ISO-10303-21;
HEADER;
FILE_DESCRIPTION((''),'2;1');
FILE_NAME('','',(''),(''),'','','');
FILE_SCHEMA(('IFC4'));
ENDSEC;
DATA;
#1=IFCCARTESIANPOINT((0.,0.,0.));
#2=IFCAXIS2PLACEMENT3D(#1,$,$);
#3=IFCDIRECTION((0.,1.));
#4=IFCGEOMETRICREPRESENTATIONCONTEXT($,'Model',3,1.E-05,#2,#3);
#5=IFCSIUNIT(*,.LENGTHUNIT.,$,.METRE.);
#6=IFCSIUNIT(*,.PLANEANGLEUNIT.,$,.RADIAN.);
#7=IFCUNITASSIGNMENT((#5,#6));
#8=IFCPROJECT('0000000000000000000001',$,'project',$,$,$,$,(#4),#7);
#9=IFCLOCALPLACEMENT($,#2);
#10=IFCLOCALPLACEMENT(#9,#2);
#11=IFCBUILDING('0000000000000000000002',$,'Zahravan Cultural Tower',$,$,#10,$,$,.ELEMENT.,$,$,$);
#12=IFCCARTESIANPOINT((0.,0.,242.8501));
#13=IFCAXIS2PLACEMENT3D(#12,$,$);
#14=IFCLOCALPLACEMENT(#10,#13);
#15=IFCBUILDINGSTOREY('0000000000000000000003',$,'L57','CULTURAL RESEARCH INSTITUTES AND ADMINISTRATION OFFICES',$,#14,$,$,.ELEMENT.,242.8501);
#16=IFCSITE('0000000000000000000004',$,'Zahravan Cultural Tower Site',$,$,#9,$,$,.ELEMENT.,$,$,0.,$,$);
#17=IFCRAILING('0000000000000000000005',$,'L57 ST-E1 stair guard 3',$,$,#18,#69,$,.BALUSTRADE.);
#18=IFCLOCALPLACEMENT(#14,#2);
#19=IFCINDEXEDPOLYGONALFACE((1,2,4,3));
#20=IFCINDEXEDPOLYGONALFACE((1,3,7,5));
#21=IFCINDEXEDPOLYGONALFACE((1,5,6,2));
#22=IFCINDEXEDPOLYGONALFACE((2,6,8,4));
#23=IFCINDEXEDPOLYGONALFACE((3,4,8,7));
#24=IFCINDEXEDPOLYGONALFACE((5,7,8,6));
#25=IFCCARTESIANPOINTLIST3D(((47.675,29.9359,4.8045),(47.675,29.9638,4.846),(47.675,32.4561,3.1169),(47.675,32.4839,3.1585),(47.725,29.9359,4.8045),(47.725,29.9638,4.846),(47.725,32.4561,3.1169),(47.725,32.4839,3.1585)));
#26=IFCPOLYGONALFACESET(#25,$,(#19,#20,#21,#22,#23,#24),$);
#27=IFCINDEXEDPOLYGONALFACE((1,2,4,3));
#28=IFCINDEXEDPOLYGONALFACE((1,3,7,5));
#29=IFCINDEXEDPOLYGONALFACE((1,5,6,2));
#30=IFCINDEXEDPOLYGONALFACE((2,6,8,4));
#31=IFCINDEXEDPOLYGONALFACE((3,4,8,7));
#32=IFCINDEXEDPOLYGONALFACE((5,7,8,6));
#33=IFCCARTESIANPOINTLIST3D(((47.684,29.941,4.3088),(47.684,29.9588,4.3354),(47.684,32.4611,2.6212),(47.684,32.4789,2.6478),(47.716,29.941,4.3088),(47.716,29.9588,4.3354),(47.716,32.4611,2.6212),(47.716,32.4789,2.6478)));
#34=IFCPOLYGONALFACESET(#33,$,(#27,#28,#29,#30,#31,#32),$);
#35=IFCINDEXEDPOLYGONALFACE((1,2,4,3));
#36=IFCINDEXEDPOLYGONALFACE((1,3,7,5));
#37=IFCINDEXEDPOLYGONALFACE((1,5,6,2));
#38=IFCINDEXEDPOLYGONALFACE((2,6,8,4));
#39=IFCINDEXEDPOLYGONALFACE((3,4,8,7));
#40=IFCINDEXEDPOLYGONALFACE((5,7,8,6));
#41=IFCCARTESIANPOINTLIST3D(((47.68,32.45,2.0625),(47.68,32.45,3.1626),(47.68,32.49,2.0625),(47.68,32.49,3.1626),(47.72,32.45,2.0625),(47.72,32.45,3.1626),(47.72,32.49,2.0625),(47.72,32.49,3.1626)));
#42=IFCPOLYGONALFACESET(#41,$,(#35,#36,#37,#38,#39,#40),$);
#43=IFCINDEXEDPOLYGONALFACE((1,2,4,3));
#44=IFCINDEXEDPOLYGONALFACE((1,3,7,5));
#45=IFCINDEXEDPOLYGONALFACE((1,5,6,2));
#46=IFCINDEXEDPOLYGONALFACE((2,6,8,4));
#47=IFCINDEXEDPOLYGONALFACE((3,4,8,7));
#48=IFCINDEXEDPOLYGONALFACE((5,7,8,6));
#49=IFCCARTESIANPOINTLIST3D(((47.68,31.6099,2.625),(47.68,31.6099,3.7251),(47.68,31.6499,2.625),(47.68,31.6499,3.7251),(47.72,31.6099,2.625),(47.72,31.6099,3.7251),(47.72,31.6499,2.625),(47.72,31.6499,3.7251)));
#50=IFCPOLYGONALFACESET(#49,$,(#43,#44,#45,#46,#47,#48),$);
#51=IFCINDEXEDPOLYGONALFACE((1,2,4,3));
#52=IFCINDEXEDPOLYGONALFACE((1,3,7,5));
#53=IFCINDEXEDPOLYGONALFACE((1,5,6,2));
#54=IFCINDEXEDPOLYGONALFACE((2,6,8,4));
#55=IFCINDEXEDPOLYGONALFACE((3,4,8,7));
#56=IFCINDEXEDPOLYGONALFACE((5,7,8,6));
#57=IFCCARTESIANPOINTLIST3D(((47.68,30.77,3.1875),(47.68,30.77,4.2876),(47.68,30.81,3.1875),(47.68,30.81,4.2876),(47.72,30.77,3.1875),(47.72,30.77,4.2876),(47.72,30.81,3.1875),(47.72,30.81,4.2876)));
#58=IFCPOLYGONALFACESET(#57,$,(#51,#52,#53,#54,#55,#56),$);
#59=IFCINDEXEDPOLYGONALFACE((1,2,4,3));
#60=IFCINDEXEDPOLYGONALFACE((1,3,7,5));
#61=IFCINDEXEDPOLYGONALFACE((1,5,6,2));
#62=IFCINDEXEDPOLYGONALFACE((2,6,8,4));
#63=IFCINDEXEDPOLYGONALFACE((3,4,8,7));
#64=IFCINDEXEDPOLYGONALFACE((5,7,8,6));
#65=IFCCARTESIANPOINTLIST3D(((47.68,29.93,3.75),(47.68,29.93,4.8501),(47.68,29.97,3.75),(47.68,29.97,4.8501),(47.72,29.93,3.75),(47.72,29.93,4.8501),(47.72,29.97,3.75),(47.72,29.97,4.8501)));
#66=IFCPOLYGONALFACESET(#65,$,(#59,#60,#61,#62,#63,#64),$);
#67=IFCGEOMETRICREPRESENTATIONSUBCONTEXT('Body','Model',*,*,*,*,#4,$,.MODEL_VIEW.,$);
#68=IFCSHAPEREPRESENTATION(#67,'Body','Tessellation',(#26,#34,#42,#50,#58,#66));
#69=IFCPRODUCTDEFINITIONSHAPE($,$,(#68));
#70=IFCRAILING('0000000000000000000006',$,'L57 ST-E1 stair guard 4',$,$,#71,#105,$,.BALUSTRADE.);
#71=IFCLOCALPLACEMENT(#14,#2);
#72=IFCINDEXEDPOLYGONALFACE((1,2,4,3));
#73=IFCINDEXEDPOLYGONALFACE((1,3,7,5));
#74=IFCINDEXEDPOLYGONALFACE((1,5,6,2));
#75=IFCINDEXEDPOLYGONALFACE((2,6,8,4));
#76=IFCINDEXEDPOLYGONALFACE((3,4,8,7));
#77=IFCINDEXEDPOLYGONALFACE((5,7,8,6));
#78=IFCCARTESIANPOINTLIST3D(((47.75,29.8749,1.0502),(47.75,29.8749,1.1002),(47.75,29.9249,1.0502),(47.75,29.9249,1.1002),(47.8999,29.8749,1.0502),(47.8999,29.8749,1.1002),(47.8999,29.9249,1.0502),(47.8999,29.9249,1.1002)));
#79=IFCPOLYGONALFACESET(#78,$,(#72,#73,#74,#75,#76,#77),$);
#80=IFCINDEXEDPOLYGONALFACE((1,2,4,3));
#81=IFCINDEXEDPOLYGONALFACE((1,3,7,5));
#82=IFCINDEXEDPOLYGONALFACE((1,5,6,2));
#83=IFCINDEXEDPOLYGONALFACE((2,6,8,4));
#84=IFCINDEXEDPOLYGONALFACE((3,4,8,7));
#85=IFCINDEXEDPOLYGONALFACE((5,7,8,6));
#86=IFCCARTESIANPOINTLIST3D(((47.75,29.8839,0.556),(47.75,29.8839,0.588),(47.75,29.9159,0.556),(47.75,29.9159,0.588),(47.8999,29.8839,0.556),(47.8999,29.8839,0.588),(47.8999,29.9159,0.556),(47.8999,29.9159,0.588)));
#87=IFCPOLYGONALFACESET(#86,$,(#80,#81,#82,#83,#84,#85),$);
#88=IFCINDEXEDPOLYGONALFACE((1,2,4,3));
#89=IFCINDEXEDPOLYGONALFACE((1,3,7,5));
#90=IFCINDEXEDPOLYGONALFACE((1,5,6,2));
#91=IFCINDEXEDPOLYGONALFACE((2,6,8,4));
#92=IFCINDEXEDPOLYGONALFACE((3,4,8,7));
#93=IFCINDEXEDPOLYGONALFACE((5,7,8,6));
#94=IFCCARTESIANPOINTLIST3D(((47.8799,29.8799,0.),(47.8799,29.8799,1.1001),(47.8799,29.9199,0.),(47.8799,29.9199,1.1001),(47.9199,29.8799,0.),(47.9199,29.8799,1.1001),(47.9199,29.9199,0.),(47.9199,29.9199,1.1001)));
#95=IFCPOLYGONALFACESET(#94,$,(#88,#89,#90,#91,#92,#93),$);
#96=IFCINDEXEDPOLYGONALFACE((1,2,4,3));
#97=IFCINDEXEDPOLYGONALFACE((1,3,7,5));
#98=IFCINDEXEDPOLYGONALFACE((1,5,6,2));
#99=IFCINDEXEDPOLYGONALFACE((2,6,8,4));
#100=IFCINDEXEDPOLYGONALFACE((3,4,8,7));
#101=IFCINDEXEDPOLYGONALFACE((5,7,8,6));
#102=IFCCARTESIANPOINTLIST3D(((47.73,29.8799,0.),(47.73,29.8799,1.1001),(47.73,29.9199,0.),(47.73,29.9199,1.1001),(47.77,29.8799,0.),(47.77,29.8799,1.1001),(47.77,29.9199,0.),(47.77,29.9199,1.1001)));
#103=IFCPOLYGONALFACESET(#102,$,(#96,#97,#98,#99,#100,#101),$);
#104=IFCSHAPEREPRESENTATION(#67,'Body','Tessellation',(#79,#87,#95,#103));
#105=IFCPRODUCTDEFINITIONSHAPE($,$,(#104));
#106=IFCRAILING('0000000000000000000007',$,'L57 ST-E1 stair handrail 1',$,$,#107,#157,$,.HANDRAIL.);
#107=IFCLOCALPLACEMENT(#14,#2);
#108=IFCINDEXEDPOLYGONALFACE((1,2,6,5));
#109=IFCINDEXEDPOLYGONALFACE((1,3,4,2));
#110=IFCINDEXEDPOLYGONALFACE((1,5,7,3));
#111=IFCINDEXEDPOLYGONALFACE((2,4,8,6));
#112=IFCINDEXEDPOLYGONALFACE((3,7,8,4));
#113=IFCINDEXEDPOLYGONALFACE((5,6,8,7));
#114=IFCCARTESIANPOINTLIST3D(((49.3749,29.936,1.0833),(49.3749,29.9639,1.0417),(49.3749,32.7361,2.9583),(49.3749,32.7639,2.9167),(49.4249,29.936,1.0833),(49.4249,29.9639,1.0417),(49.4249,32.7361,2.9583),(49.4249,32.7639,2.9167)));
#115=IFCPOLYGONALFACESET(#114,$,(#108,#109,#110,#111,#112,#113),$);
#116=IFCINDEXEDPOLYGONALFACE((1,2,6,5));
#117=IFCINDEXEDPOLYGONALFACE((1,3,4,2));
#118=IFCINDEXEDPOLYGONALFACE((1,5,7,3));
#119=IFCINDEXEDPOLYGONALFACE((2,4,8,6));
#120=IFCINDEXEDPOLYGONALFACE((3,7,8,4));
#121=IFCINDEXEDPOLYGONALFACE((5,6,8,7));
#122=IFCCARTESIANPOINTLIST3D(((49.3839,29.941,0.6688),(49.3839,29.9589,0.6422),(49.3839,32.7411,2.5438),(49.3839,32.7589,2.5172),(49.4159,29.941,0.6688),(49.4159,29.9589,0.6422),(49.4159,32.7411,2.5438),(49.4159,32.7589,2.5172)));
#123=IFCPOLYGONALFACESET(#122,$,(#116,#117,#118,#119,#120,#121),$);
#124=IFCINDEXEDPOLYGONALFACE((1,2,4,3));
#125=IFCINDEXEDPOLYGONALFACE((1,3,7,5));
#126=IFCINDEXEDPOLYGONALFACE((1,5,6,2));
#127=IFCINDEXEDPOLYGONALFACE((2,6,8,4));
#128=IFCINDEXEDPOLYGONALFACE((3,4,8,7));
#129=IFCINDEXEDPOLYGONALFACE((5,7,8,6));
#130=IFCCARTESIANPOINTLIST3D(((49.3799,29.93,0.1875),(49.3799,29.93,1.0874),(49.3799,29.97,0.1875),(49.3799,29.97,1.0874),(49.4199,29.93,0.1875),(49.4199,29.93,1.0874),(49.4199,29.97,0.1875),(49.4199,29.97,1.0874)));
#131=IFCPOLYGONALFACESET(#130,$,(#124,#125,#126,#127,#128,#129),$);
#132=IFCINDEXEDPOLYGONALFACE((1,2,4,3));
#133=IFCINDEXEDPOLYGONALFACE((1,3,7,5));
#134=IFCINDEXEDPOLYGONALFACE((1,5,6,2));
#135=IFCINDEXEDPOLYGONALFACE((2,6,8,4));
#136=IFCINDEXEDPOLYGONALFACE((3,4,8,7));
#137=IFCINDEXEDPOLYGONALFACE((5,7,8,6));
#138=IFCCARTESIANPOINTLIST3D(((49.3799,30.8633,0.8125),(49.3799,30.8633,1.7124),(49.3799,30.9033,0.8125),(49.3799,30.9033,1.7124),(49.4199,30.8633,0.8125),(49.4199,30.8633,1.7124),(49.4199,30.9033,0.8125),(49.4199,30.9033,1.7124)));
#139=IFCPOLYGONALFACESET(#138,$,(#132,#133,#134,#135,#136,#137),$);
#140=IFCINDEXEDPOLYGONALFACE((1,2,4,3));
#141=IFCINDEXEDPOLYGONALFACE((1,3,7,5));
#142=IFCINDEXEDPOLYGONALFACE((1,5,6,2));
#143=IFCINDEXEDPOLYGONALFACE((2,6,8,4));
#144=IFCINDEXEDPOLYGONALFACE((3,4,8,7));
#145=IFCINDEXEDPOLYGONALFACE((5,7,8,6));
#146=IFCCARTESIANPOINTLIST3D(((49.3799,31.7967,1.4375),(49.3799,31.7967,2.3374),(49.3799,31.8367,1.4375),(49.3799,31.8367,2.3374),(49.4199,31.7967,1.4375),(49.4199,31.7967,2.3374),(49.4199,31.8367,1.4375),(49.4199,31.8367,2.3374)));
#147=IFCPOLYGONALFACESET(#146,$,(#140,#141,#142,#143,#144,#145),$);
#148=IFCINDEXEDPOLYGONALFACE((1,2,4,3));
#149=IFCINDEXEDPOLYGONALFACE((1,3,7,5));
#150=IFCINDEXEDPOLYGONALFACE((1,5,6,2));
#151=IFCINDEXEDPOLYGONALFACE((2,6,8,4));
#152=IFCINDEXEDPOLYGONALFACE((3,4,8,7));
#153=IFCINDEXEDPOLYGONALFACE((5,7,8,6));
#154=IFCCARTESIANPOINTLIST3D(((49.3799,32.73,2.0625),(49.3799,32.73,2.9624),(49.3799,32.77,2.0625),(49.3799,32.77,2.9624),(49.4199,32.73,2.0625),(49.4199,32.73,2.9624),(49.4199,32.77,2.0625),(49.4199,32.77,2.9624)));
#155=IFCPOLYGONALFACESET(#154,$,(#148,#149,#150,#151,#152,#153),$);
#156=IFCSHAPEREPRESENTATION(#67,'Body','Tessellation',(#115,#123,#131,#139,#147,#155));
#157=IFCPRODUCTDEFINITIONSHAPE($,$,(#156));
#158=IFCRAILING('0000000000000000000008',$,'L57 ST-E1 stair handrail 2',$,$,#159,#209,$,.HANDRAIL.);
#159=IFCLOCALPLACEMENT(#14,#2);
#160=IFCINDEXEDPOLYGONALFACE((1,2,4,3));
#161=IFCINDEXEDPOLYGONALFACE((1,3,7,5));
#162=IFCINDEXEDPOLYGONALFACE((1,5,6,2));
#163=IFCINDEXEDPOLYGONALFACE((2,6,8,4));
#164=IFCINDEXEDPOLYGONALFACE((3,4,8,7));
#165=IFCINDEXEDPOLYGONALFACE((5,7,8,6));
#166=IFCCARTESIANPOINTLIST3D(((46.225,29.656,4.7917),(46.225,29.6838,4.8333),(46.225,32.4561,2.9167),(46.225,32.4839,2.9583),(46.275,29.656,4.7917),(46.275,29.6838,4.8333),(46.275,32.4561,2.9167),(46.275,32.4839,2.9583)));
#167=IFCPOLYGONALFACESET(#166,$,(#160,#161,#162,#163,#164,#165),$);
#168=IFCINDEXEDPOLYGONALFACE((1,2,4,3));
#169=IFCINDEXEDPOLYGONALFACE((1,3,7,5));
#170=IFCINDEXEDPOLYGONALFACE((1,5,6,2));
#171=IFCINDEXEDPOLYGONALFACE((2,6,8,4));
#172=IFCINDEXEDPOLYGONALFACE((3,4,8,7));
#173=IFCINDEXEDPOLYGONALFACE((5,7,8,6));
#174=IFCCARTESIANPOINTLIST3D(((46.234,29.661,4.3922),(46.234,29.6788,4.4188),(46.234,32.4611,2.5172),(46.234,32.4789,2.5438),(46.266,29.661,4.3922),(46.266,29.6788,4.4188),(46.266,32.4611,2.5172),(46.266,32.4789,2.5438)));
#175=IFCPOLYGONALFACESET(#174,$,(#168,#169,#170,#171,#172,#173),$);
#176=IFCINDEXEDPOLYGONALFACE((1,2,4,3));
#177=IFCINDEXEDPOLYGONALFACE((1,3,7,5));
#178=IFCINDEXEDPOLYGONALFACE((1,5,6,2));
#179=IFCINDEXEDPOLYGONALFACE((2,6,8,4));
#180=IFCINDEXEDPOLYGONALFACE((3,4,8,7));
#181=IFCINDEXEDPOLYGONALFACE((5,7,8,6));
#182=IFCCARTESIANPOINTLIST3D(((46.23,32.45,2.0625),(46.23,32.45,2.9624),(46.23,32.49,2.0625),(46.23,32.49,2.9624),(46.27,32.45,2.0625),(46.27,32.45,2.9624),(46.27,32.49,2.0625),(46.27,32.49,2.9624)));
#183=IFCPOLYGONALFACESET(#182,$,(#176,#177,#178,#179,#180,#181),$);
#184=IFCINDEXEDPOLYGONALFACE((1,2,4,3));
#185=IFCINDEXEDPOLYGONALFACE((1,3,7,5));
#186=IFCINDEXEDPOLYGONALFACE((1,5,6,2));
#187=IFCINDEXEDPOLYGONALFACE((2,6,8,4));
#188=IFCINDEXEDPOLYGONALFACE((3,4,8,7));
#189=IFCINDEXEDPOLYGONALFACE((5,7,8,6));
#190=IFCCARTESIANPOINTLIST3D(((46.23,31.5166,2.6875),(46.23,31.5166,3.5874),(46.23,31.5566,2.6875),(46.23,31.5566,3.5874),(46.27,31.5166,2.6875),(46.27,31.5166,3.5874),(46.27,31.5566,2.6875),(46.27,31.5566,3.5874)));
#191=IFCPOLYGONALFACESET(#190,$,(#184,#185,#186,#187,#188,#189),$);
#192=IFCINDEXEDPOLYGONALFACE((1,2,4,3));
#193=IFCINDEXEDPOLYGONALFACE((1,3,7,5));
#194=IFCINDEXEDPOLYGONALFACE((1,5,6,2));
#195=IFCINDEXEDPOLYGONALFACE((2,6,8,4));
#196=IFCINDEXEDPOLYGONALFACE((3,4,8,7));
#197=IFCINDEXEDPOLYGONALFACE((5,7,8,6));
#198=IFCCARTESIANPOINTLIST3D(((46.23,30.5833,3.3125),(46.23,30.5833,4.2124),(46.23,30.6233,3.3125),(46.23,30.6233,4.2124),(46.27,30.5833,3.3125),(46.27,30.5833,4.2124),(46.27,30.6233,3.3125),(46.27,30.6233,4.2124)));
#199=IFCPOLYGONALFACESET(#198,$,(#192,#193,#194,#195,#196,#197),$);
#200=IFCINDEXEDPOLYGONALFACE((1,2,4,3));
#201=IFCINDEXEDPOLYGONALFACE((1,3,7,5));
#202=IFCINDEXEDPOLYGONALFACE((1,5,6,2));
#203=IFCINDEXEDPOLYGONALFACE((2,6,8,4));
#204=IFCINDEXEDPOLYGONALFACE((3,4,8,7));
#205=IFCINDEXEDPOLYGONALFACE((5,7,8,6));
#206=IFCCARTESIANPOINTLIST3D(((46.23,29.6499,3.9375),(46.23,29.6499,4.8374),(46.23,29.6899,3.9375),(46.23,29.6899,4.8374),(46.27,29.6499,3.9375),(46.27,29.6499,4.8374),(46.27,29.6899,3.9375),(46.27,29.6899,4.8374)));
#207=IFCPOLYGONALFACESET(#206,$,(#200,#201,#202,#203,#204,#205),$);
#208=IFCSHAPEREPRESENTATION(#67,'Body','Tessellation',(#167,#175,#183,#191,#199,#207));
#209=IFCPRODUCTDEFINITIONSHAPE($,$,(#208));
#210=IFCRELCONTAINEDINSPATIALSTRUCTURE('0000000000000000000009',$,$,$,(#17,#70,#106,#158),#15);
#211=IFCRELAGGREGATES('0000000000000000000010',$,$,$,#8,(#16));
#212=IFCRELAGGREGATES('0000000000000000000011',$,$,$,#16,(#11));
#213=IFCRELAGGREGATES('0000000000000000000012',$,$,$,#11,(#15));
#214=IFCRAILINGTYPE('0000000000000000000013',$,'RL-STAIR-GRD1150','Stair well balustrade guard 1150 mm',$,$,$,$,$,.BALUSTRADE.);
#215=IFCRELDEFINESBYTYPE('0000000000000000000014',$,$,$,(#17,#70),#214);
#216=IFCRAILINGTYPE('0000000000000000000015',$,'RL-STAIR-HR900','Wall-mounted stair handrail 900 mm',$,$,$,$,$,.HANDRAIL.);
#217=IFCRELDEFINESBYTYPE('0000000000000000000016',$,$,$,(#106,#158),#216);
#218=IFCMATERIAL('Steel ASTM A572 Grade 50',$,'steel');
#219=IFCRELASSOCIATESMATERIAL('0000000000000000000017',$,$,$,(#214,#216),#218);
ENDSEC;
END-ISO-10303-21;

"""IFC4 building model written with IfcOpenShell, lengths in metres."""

from ifc_helpers import new_model, si_unit, direction, frame, origin, origin_2d, place, context, subcontext, project, spatial, rectangle, extrude, material, type_object, element, save


model = new_model("IFC4")

# Units and contexts
model_context = context("Model", 3, precision=1e-05, world=origin(), true_north=direction((0.0, 1.0)))
body_context = subcontext(model_context, "Body", "Model", "MODEL_VIEW")
ifc_project = project(units=[si_unit("LENGTHUNIT", "METRE"), si_unit("PLANEANGLEUNIT", "RADIAN")], contexts=[model_context])

# Site, building, storey
site_placement = place(None, origin())
site = spatial("IfcSite", under=ifc_project, at=site_placement, Name="Zahravan Cultural Tower Site", CompositionType="ELEMENT", RefElevation=0.0)
building_placement = place(site_placement, origin())
building = spatial("IfcBuilding", under=site, at=building_placement, Name="Zahravan Cultural Tower", CompositionType="ELEMENT")
storey_placement = place(building_placement, frame((0.0, 0.0, 242.8501)))
storey = spatial("IfcBuildingStorey", under=building, at=storey_placement, Name="L57", Description="CULTURAL RESEARCH INSTITUTES AND ADMINISTRATION OFFICES", CompositionType="ELEMENT", Elevation=242.8501)

# Shared definitions
ifc_material_1 = material(Name="Steel ASTM A572 Grade 50", Category="steel")

# Railings
railing_type_1 = type_object("IfcRailingType", Name="RL-STAIR-GRD1150", Description="Stair well balustrade guard 1150 mm", PredefinedType="BALUSTRADE", material=ifc_material_1)
railing_1_placement = place(storey_placement, frame((47.7, 32.47, 2.0625)))
element("IfcRailing", 1, at=railing_1_placement, inside=storey, type_object=railing_type_1, Name="L57 ST-E1 stair guard 3", PredefinedType="BALUSTRADE", context=body_context, shape_type="SweptSolid", body=[
    extrude(rectangle(XDim=0.05, YDim=0.05, at=origin_2d()), frame((0.0, 0.0, 1.0752), z_axis=(0.0, -0.830909, 0.556408), x_axis=(1.0, 0.0, 0.0)), (0.0, 0.0, 1.0), 3.033),
    extrude(rectangle(XDim=0.032, YDim=0.032, at=origin_2d()), frame((0.0, 0.0, 0.572), z_axis=(0.0, -0.830909, 0.556408), x_axis=(1.0, 0.0, 0.0)), (0.0, 0.0, 1.0), 3.033),
    extrude(rectangle(XDim=0.04, YDim=0.04, at=origin_2d()), origin(), (0.0, 0.0, 1.0), 1.1001),
    extrude(rectangle(XDim=0.04, YDim=0.04, at=origin_2d()), frame((0.0, -0.8401, 0.5625)), (0.0, 0.0, 1.0), 1.1001),
    extrude(rectangle(XDim=0.04, YDim=0.04, at=origin_2d()), frame((0.0, -1.6799, 1.125)), (0.0, 0.0, 1.0), 1.1001),
    extrude(rectangle(XDim=0.04, YDim=0.04, at=origin_2d()), frame((0.0, -2.52, 1.6875)), (0.0, 0.0, 1.0), 1.1001),
])
railing_2_placement = place(storey_placement, frame((47.8999, 29.8999, 0.0)))
element("IfcRailing", 2, at=railing_2_placement, inside=storey, type_object=railing_type_1, Name="L57 ST-E1 stair guard 4", PredefinedType="BALUSTRADE", context=body_context, shape_type="SweptSolid", body=[
    extrude(rectangle(XDim=0.05, YDim=0.05, at=origin_2d()), frame((0.0, 0.0, 1.0752), z_axis=(-1.0, 0.0, 0.0), x_axis=(0.0, -1.0, 0.0)), (0.0, 0.0, 1.0), 0.1499),
    extrude(rectangle(XDim=0.032, YDim=0.032, at=origin_2d()), frame((0.0, 0.0, 0.572), z_axis=(-1.0, 0.0, 0.0), x_axis=(0.0, -1.0, 0.0)), (0.0, 0.0, 1.0), 0.1499),
    extrude(rectangle(XDim=0.04, YDim=0.04, at=origin_2d()), origin(), (0.0, 0.0, 1.0), 1.1001),
    extrude(rectangle(XDim=0.04, YDim=0.04, at=origin_2d()), frame((-0.1499, 0.0, 0.0)), (0.0, 0.0, 1.0), 1.1001),
])
railing_type_2 = type_object("IfcRailingType", Name="RL-STAIR-HR900", Description="Wall-mounted stair handrail 900 mm", PredefinedType="HANDRAIL", material=ifc_material_1)
railing_3_placement = place(storey_placement, frame((49.3999, 29.95, 0.1875)))
element("IfcRailing", 3, at=railing_3_placement, inside=storey, type_object=railing_type_2, Name="L57 ST-E1 stair handrail 1", PredefinedType="HANDRAIL", context=body_context, shape_type="SweptSolid", body=[
    extrude(rectangle(XDim=0.05, YDim=0.05, at=origin_2d()), frame((0.0, 0.0, 0.875), z_axis=(0.0, 0.830912, 0.556404), x_axis=(-1.0, 0.0, 0.0)), (0.0, 0.0, 1.0), 3.3699),
    extrude(rectangle(XDim=0.032, YDim=0.032, at=origin_2d()), frame((0.0, 0.0, 0.468), z_axis=(0.0, 0.830912, 0.556404), x_axis=(-1.0, 0.0, 0.0)), (0.0, 0.0, 1.0), 3.3699),
    extrude(rectangle(XDim=0.04, YDim=0.04, at=origin_2d()), origin(), (0.0, 0.0, 1.0), 0.8999),
    extrude(rectangle(XDim=0.04, YDim=0.04, at=origin_2d()), frame((0.0, 0.9333, 0.625)), (0.0, 0.0, 1.0), 0.8999),
    extrude(rectangle(XDim=0.04, YDim=0.04, at=origin_2d()), frame((0.0, 1.8667, 1.25)), (0.0, 0.0, 1.0), 0.8999),
    extrude(rectangle(XDim=0.04, YDim=0.04, at=origin_2d()), frame((0.0, 2.8, 1.875)), (0.0, 0.0, 1.0), 0.8999),
])
railing_4_placement = place(storey_placement, frame((46.25, 32.47, 2.0625)))
element("IfcRailing", 4, at=railing_4_placement, inside=storey, type_object=railing_type_2, Name="L57 ST-E1 stair handrail 2", PredefinedType="HANDRAIL", context=body_context, shape_type="SweptSolid", body=[
    extrude(rectangle(XDim=0.05, YDim=0.05, at=origin_2d()), frame((0.0, 0.0, 0.875), z_axis=(0.0, -0.830912, 0.556404), x_axis=(1.0, 0.0, 0.0)), (0.0, 0.0, 1.0), 3.3699),
    extrude(rectangle(XDim=0.032, YDim=0.032, at=origin_2d()), frame((0.0, 0.0, 0.468), z_axis=(0.0, -0.830912, 0.556404), x_axis=(1.0, 0.0, 0.0)), (0.0, 0.0, 1.0), 3.3699),
    extrude(rectangle(XDim=0.04, YDim=0.04, at=origin_2d()), origin(), (0.0, 0.0, 1.0), 0.8999),
    extrude(rectangle(XDim=0.04, YDim=0.04, at=origin_2d()), frame((0.0, -0.9333, 0.625)), (0.0, 0.0, 1.0), 0.8999),
    extrude(rectangle(XDim=0.04, YDim=0.04, at=origin_2d()), frame((0.0, -1.8667, 1.25)), (0.0, 0.0, 1.0), 0.8999),
    extrude(rectangle(XDim=0.04, YDim=0.04, at=origin_2d()), frame((0.0, -2.8, 1.875)), (0.0, 0.0, 1.0), 0.8999),
])

save(model, "model.ifc")
